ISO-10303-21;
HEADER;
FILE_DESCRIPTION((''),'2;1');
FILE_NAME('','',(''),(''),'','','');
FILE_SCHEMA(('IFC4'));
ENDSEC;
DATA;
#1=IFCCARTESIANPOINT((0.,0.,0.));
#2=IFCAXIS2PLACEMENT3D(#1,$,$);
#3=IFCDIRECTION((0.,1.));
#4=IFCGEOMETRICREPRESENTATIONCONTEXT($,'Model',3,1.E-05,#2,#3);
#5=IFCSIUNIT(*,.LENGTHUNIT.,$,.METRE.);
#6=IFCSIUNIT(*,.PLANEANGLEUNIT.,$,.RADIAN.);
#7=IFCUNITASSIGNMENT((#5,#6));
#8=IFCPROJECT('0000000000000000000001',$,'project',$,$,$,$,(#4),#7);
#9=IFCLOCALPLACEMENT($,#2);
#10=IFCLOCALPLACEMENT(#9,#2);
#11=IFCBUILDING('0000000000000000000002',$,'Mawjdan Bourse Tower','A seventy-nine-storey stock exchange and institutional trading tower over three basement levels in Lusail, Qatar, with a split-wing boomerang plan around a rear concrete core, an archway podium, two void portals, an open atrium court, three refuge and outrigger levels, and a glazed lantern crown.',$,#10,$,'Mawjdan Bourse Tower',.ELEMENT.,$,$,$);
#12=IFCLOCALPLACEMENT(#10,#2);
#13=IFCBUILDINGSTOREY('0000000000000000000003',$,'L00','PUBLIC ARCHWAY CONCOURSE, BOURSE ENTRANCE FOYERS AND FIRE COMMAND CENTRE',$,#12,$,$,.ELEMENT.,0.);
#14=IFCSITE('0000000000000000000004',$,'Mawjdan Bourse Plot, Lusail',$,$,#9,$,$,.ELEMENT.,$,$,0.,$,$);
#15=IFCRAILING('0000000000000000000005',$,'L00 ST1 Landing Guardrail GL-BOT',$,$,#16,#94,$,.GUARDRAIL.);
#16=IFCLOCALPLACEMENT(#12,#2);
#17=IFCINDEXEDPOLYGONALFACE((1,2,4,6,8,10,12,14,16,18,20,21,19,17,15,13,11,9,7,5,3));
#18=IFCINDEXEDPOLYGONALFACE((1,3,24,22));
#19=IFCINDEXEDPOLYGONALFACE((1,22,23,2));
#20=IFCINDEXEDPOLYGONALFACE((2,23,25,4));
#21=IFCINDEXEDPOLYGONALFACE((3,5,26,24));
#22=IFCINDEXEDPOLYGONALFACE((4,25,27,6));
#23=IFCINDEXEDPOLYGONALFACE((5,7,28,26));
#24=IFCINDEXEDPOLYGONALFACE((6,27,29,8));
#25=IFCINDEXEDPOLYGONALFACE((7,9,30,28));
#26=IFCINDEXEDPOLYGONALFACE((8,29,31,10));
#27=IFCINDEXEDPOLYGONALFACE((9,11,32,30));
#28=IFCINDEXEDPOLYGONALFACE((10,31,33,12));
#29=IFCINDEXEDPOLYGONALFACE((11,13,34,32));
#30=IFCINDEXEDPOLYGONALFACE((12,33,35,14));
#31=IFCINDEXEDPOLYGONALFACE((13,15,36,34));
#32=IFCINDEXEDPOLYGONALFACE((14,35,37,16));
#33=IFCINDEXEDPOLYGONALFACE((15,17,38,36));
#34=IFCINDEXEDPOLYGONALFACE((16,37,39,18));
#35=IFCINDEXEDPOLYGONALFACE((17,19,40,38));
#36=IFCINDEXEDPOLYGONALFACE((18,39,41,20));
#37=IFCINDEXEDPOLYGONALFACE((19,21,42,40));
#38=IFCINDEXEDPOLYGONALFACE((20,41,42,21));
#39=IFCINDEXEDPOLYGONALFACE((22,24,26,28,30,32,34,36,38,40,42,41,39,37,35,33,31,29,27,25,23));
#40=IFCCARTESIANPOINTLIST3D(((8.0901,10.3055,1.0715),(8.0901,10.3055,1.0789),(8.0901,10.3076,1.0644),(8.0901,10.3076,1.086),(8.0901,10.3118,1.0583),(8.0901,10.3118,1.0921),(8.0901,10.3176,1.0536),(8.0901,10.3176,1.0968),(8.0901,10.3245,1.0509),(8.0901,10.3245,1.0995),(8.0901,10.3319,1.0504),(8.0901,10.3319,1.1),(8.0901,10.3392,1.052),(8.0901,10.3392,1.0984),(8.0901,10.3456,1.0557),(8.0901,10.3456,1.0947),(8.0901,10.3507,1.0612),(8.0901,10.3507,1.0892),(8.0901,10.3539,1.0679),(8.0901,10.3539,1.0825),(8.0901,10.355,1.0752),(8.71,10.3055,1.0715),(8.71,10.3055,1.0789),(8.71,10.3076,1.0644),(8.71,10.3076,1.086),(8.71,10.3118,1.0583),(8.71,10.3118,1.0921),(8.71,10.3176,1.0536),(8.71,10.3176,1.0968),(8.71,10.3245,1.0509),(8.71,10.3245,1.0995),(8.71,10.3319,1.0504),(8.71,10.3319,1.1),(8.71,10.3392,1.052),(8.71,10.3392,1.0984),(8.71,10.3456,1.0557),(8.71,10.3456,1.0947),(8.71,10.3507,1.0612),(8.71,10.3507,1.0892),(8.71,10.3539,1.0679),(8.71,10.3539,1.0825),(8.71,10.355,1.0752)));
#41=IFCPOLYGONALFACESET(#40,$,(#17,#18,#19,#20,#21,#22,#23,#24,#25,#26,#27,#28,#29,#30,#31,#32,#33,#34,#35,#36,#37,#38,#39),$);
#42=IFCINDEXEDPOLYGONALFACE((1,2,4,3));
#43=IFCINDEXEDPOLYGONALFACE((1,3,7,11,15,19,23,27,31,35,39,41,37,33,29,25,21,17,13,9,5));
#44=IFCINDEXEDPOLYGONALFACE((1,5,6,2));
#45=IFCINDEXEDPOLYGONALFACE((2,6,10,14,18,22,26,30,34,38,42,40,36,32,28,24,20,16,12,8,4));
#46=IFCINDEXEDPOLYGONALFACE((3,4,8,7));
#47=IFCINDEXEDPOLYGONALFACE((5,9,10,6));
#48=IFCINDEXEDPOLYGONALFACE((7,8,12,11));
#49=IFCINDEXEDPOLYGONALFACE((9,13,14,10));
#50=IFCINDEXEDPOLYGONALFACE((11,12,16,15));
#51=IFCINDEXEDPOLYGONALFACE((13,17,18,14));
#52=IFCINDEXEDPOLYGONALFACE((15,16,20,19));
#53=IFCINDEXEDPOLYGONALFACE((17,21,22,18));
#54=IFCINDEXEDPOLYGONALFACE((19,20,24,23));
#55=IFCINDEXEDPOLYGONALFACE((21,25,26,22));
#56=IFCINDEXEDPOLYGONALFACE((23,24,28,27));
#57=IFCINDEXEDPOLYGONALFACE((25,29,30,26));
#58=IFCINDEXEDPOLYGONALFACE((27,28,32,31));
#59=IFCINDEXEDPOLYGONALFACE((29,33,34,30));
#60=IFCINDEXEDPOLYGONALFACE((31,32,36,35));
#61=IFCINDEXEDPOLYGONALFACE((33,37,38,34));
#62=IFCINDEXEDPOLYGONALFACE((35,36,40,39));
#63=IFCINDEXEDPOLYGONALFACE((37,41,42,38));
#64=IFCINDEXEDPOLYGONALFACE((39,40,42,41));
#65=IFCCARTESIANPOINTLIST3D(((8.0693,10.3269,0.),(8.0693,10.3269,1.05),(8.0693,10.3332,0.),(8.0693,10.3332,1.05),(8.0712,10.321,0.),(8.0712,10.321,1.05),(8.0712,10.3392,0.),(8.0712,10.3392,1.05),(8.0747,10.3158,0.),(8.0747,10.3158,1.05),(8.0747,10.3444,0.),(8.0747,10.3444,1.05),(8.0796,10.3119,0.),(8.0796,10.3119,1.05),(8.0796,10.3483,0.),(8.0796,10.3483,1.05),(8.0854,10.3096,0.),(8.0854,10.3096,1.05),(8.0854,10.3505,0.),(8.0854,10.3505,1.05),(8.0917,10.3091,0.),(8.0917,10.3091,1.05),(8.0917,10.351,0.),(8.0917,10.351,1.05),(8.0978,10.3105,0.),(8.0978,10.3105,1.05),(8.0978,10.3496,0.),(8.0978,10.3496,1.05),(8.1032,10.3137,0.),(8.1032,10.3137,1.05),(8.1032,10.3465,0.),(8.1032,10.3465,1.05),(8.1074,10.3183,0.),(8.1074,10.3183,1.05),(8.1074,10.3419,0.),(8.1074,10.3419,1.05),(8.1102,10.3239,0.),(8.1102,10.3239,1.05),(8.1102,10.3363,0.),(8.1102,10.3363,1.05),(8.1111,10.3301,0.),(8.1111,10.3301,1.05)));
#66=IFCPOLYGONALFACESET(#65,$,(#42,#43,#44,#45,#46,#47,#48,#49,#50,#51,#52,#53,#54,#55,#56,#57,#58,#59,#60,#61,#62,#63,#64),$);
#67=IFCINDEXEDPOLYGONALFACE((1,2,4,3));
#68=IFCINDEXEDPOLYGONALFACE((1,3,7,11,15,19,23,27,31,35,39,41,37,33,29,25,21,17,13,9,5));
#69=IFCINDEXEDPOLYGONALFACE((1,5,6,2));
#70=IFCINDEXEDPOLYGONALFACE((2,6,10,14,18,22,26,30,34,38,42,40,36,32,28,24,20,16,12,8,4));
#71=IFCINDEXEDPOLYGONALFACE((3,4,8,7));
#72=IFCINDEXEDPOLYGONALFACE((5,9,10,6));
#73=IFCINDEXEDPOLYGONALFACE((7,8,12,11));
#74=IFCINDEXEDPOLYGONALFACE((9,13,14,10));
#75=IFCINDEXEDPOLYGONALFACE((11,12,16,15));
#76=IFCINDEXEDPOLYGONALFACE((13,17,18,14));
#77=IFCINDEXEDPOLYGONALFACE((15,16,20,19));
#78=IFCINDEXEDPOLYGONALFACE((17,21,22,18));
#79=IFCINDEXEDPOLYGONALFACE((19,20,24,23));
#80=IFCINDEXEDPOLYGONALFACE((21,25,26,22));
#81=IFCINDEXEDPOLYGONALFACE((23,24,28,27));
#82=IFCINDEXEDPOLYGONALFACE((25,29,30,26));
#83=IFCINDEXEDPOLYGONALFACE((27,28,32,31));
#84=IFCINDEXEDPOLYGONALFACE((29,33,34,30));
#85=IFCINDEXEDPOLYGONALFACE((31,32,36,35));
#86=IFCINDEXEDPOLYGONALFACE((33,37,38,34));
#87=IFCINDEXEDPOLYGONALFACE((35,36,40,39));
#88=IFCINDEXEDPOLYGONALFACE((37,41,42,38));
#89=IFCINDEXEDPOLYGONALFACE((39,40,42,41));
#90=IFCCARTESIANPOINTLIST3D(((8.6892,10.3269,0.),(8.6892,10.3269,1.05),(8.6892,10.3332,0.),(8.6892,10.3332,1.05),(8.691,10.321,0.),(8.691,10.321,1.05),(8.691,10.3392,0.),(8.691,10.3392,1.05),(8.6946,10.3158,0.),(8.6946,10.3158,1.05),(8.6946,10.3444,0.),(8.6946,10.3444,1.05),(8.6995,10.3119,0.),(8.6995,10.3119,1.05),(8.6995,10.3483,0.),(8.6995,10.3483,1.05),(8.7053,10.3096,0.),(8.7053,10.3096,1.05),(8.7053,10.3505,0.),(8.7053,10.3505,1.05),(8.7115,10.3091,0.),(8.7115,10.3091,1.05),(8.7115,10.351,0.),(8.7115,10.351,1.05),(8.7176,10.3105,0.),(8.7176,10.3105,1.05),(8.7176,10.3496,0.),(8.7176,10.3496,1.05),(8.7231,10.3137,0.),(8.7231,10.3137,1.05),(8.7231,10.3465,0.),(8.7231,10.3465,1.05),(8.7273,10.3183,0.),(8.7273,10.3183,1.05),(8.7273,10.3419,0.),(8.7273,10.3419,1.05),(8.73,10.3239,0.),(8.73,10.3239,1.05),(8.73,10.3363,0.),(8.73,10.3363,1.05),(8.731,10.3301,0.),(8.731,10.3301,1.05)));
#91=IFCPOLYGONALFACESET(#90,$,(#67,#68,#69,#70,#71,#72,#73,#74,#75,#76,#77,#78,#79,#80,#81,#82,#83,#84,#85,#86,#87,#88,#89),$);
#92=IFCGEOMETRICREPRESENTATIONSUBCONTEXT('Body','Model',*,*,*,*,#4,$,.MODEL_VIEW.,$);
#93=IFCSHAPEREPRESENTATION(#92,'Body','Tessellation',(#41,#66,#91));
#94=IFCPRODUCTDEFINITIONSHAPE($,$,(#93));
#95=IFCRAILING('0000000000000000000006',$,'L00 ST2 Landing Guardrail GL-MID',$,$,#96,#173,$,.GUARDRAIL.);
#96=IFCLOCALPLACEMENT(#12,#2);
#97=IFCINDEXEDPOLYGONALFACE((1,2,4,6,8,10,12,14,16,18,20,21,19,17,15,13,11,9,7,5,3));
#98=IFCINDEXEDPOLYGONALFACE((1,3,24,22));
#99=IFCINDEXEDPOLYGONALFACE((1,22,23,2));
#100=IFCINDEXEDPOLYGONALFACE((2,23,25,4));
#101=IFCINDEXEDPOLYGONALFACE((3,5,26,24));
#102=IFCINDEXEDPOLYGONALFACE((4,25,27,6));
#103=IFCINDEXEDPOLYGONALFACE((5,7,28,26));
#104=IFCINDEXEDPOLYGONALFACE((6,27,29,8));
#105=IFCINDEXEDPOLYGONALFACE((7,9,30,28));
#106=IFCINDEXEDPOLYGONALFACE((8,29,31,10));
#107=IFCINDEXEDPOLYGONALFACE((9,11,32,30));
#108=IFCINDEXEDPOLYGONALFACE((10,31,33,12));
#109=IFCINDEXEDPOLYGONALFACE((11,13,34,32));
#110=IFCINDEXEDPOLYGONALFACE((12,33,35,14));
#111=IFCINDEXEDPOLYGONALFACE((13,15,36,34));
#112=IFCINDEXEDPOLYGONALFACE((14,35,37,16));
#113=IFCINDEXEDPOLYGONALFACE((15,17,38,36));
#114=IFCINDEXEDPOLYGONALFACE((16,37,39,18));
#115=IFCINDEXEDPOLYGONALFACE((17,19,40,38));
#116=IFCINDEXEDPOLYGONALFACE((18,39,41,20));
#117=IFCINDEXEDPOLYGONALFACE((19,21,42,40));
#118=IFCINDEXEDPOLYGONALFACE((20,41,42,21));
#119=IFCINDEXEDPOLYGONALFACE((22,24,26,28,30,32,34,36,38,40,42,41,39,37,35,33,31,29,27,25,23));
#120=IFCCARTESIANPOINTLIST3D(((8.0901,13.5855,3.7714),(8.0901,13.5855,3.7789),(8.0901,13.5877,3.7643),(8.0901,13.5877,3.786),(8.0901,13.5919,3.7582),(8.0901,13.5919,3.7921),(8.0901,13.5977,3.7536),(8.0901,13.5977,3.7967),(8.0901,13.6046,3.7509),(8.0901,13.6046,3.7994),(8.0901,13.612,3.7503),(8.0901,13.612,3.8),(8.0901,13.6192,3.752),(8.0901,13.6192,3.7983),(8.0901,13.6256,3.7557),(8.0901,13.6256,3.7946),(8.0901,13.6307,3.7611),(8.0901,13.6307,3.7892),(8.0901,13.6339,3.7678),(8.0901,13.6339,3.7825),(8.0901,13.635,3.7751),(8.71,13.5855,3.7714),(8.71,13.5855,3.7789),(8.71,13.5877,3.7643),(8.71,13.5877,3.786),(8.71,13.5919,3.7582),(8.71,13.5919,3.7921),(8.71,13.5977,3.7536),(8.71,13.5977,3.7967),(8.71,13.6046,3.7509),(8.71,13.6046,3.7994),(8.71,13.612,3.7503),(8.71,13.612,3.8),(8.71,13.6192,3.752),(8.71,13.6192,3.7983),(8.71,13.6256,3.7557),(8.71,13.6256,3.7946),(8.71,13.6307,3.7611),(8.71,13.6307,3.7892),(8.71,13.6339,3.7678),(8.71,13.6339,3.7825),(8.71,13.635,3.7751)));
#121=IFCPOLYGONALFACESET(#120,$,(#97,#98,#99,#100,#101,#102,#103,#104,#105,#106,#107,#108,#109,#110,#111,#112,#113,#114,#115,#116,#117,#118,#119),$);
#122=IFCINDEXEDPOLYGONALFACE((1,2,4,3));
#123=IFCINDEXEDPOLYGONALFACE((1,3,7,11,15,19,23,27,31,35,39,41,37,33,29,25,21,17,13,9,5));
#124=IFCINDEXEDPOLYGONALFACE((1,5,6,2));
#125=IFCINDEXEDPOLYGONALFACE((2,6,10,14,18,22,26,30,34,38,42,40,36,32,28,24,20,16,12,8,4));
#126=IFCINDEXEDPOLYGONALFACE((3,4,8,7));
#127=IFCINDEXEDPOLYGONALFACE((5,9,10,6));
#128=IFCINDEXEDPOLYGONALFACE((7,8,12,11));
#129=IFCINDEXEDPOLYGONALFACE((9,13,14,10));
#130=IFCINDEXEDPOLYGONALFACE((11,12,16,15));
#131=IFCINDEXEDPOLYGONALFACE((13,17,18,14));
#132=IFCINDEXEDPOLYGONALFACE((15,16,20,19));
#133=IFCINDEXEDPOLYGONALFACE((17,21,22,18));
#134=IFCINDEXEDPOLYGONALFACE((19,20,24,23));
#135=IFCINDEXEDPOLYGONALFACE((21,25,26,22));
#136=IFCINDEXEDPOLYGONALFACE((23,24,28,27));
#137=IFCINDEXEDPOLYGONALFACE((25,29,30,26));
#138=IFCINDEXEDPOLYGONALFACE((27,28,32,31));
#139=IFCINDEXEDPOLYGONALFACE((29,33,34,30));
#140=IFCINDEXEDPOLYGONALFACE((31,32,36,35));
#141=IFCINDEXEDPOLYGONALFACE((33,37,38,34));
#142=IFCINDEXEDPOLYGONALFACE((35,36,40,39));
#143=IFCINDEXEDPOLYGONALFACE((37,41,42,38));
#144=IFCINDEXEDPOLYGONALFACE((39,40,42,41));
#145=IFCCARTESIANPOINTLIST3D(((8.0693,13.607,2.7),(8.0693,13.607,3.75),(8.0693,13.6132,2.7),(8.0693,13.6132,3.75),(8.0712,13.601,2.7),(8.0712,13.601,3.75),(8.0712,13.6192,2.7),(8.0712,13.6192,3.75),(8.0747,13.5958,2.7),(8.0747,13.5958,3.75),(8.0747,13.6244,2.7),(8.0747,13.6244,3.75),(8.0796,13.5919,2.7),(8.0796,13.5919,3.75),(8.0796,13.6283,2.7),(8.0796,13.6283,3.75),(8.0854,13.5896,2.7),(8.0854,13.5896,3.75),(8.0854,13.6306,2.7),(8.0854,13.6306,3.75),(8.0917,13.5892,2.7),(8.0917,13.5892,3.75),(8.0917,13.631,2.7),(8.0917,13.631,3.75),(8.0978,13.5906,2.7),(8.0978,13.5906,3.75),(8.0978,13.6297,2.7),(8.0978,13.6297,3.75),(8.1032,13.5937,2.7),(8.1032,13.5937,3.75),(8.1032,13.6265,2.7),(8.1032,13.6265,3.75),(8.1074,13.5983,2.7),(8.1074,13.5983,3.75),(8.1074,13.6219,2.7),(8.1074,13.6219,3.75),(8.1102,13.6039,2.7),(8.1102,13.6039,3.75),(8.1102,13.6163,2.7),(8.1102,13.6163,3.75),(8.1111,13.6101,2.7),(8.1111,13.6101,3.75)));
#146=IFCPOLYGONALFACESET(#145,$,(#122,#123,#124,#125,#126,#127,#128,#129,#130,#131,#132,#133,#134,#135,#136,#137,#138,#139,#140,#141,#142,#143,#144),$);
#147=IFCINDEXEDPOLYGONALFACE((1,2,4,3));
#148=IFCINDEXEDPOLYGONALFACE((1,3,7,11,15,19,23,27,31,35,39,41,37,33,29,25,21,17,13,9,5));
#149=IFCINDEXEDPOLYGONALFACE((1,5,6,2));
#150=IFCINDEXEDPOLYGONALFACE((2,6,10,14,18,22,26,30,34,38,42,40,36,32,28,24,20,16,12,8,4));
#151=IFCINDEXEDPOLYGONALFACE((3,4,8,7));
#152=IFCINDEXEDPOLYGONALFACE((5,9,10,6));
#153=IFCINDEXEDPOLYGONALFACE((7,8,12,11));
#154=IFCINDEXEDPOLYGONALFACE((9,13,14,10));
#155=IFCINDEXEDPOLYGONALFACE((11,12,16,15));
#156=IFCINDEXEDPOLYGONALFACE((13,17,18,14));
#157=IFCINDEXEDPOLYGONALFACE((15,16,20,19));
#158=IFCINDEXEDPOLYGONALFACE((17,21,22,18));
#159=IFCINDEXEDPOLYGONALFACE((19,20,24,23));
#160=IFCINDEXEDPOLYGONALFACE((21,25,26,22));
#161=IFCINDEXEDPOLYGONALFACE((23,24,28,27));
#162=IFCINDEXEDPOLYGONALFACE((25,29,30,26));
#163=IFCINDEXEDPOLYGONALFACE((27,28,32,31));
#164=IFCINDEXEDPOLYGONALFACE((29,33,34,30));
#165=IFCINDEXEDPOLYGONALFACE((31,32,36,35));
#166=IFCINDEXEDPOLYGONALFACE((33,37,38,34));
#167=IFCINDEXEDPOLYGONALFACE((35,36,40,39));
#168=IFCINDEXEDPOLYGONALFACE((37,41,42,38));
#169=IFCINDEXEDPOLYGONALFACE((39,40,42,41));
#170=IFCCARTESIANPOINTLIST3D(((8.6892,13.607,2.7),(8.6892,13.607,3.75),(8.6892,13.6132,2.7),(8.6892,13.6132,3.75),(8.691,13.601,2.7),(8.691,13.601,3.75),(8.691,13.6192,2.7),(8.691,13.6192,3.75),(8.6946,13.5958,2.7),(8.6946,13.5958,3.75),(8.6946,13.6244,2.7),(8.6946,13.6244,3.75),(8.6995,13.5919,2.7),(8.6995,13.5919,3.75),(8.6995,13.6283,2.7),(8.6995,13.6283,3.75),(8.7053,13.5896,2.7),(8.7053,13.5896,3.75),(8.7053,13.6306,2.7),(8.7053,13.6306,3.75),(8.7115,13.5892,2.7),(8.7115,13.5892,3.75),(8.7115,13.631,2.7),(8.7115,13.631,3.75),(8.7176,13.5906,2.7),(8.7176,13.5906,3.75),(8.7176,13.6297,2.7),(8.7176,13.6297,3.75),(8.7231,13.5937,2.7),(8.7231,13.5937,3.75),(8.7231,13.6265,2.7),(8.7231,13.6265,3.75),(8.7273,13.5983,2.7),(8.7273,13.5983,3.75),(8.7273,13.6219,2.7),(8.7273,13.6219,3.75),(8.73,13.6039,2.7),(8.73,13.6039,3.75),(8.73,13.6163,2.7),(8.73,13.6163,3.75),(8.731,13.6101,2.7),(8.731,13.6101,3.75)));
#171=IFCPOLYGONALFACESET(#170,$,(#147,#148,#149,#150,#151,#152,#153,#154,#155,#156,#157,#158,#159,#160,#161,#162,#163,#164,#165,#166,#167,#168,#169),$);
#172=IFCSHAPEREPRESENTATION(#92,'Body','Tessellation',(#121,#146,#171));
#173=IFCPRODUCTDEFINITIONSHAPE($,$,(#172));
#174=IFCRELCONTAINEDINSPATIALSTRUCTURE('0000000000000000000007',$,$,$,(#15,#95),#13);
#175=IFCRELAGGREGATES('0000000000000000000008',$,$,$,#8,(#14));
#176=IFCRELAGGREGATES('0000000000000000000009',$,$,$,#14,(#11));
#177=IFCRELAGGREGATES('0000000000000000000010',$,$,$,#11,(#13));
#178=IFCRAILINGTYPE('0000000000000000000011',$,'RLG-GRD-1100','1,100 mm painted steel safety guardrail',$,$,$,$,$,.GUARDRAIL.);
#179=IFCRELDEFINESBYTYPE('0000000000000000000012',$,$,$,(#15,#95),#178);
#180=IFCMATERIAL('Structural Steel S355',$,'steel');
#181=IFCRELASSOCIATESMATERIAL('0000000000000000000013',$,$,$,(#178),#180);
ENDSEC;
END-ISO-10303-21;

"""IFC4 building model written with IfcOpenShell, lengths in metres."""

from ifc_helpers import new_model, si_unit, direction, frame, origin, origin_2d, place, context, subcontext, project, spatial, circle, extrude, material, type_object, element, save


model = new_model("IFC4")

# Units and contexts
model_context = context("Model", 3, precision=1e-05, world=origin(), true_north=direction((0.0, 1.0)))
body_context = subcontext(model_context, "Body", "Model", "MODEL_VIEW")
ifc_project = project(units=[si_unit("LENGTHUNIT", "METRE"), si_unit("PLANEANGLEUNIT", "RADIAN")], contexts=[model_context])

# Site, building, storey
site_placement = place(None, origin())
site = spatial("IfcSite", under=ifc_project, at=site_placement, Name="Mawjdan Bourse Plot, Lusail", CompositionType="ELEMENT", RefElevation=0.0)
building_placement = place(site_placement, origin())
building = spatial("IfcBuilding", under=site, at=building_placement, Name="Mawjdan Bourse Tower", Description="A seventy-nine-storey stock exchange and institutional trading tower over three basement levels in Lusail, Qatar, with a split-wing boomerang plan around a rear concrete core, an archway podium, two void portals, an open atrium court, three refuge and outrigger levels, and a glazed lantern crown.", LongName="Mawjdan Bourse Tower", CompositionType="ELEMENT")
storey_placement = place(building_placement, origin())
storey = spatial("IfcBuildingStorey", under=building, at=storey_placement, Name="L00", Description="PUBLIC ARCHWAY CONCOURSE, BOURSE ENTRANCE FOYERS AND FIRE COMMAND CENTRE", CompositionType="ELEMENT", Elevation=0.0)

# Shared definitions
ifc_material_1 = material(Name="Structural Steel S355", Category="steel")

# Railings
railing_type_1 = type_object("IfcRailingType", Name="RLG-GRD-1100", Description="1,100 mm painted steel safety guardrail", PredefinedType="GUARDRAIL", material=ifc_material_1)
for number, where, name in (
    (1, (8.0901, 10.3301, 0.0), "L00 ST1 Landing Guardrail GL-BOT"),
    (2, (8.0901, 13.6101, 2.7), "L00 ST2 Landing Guardrail GL-MID"),
):
    element("IfcRailing", number, at=place(storey_placement, frame(where)), inside=storey, type_object=railing_type_1, Name=name, PredefinedType="GUARDRAIL", context=body_context, shape_type="SweptSolid", body=[
        extrude(circle(Radius=0.0249, at=origin_2d()), frame((0.0, 0.0, 1.0752), z_axis=(1.0, 0.0, 0.0), x_axis=(0.0, 1.0, 0.0)), (0.0, 0.0, 1.0), 0.6199),
        extrude(circle(Radius=0.021, at=origin_2d()), origin(), (0.0, 0.0, 1.0), 1.05),
        extrude(circle(Radius=0.021, at=origin_2d()), frame((0.6199, 0.0, 0.0)), (0.0, 0.0, 1.0), 1.05),
    ])

save(model, "model.ifc")
